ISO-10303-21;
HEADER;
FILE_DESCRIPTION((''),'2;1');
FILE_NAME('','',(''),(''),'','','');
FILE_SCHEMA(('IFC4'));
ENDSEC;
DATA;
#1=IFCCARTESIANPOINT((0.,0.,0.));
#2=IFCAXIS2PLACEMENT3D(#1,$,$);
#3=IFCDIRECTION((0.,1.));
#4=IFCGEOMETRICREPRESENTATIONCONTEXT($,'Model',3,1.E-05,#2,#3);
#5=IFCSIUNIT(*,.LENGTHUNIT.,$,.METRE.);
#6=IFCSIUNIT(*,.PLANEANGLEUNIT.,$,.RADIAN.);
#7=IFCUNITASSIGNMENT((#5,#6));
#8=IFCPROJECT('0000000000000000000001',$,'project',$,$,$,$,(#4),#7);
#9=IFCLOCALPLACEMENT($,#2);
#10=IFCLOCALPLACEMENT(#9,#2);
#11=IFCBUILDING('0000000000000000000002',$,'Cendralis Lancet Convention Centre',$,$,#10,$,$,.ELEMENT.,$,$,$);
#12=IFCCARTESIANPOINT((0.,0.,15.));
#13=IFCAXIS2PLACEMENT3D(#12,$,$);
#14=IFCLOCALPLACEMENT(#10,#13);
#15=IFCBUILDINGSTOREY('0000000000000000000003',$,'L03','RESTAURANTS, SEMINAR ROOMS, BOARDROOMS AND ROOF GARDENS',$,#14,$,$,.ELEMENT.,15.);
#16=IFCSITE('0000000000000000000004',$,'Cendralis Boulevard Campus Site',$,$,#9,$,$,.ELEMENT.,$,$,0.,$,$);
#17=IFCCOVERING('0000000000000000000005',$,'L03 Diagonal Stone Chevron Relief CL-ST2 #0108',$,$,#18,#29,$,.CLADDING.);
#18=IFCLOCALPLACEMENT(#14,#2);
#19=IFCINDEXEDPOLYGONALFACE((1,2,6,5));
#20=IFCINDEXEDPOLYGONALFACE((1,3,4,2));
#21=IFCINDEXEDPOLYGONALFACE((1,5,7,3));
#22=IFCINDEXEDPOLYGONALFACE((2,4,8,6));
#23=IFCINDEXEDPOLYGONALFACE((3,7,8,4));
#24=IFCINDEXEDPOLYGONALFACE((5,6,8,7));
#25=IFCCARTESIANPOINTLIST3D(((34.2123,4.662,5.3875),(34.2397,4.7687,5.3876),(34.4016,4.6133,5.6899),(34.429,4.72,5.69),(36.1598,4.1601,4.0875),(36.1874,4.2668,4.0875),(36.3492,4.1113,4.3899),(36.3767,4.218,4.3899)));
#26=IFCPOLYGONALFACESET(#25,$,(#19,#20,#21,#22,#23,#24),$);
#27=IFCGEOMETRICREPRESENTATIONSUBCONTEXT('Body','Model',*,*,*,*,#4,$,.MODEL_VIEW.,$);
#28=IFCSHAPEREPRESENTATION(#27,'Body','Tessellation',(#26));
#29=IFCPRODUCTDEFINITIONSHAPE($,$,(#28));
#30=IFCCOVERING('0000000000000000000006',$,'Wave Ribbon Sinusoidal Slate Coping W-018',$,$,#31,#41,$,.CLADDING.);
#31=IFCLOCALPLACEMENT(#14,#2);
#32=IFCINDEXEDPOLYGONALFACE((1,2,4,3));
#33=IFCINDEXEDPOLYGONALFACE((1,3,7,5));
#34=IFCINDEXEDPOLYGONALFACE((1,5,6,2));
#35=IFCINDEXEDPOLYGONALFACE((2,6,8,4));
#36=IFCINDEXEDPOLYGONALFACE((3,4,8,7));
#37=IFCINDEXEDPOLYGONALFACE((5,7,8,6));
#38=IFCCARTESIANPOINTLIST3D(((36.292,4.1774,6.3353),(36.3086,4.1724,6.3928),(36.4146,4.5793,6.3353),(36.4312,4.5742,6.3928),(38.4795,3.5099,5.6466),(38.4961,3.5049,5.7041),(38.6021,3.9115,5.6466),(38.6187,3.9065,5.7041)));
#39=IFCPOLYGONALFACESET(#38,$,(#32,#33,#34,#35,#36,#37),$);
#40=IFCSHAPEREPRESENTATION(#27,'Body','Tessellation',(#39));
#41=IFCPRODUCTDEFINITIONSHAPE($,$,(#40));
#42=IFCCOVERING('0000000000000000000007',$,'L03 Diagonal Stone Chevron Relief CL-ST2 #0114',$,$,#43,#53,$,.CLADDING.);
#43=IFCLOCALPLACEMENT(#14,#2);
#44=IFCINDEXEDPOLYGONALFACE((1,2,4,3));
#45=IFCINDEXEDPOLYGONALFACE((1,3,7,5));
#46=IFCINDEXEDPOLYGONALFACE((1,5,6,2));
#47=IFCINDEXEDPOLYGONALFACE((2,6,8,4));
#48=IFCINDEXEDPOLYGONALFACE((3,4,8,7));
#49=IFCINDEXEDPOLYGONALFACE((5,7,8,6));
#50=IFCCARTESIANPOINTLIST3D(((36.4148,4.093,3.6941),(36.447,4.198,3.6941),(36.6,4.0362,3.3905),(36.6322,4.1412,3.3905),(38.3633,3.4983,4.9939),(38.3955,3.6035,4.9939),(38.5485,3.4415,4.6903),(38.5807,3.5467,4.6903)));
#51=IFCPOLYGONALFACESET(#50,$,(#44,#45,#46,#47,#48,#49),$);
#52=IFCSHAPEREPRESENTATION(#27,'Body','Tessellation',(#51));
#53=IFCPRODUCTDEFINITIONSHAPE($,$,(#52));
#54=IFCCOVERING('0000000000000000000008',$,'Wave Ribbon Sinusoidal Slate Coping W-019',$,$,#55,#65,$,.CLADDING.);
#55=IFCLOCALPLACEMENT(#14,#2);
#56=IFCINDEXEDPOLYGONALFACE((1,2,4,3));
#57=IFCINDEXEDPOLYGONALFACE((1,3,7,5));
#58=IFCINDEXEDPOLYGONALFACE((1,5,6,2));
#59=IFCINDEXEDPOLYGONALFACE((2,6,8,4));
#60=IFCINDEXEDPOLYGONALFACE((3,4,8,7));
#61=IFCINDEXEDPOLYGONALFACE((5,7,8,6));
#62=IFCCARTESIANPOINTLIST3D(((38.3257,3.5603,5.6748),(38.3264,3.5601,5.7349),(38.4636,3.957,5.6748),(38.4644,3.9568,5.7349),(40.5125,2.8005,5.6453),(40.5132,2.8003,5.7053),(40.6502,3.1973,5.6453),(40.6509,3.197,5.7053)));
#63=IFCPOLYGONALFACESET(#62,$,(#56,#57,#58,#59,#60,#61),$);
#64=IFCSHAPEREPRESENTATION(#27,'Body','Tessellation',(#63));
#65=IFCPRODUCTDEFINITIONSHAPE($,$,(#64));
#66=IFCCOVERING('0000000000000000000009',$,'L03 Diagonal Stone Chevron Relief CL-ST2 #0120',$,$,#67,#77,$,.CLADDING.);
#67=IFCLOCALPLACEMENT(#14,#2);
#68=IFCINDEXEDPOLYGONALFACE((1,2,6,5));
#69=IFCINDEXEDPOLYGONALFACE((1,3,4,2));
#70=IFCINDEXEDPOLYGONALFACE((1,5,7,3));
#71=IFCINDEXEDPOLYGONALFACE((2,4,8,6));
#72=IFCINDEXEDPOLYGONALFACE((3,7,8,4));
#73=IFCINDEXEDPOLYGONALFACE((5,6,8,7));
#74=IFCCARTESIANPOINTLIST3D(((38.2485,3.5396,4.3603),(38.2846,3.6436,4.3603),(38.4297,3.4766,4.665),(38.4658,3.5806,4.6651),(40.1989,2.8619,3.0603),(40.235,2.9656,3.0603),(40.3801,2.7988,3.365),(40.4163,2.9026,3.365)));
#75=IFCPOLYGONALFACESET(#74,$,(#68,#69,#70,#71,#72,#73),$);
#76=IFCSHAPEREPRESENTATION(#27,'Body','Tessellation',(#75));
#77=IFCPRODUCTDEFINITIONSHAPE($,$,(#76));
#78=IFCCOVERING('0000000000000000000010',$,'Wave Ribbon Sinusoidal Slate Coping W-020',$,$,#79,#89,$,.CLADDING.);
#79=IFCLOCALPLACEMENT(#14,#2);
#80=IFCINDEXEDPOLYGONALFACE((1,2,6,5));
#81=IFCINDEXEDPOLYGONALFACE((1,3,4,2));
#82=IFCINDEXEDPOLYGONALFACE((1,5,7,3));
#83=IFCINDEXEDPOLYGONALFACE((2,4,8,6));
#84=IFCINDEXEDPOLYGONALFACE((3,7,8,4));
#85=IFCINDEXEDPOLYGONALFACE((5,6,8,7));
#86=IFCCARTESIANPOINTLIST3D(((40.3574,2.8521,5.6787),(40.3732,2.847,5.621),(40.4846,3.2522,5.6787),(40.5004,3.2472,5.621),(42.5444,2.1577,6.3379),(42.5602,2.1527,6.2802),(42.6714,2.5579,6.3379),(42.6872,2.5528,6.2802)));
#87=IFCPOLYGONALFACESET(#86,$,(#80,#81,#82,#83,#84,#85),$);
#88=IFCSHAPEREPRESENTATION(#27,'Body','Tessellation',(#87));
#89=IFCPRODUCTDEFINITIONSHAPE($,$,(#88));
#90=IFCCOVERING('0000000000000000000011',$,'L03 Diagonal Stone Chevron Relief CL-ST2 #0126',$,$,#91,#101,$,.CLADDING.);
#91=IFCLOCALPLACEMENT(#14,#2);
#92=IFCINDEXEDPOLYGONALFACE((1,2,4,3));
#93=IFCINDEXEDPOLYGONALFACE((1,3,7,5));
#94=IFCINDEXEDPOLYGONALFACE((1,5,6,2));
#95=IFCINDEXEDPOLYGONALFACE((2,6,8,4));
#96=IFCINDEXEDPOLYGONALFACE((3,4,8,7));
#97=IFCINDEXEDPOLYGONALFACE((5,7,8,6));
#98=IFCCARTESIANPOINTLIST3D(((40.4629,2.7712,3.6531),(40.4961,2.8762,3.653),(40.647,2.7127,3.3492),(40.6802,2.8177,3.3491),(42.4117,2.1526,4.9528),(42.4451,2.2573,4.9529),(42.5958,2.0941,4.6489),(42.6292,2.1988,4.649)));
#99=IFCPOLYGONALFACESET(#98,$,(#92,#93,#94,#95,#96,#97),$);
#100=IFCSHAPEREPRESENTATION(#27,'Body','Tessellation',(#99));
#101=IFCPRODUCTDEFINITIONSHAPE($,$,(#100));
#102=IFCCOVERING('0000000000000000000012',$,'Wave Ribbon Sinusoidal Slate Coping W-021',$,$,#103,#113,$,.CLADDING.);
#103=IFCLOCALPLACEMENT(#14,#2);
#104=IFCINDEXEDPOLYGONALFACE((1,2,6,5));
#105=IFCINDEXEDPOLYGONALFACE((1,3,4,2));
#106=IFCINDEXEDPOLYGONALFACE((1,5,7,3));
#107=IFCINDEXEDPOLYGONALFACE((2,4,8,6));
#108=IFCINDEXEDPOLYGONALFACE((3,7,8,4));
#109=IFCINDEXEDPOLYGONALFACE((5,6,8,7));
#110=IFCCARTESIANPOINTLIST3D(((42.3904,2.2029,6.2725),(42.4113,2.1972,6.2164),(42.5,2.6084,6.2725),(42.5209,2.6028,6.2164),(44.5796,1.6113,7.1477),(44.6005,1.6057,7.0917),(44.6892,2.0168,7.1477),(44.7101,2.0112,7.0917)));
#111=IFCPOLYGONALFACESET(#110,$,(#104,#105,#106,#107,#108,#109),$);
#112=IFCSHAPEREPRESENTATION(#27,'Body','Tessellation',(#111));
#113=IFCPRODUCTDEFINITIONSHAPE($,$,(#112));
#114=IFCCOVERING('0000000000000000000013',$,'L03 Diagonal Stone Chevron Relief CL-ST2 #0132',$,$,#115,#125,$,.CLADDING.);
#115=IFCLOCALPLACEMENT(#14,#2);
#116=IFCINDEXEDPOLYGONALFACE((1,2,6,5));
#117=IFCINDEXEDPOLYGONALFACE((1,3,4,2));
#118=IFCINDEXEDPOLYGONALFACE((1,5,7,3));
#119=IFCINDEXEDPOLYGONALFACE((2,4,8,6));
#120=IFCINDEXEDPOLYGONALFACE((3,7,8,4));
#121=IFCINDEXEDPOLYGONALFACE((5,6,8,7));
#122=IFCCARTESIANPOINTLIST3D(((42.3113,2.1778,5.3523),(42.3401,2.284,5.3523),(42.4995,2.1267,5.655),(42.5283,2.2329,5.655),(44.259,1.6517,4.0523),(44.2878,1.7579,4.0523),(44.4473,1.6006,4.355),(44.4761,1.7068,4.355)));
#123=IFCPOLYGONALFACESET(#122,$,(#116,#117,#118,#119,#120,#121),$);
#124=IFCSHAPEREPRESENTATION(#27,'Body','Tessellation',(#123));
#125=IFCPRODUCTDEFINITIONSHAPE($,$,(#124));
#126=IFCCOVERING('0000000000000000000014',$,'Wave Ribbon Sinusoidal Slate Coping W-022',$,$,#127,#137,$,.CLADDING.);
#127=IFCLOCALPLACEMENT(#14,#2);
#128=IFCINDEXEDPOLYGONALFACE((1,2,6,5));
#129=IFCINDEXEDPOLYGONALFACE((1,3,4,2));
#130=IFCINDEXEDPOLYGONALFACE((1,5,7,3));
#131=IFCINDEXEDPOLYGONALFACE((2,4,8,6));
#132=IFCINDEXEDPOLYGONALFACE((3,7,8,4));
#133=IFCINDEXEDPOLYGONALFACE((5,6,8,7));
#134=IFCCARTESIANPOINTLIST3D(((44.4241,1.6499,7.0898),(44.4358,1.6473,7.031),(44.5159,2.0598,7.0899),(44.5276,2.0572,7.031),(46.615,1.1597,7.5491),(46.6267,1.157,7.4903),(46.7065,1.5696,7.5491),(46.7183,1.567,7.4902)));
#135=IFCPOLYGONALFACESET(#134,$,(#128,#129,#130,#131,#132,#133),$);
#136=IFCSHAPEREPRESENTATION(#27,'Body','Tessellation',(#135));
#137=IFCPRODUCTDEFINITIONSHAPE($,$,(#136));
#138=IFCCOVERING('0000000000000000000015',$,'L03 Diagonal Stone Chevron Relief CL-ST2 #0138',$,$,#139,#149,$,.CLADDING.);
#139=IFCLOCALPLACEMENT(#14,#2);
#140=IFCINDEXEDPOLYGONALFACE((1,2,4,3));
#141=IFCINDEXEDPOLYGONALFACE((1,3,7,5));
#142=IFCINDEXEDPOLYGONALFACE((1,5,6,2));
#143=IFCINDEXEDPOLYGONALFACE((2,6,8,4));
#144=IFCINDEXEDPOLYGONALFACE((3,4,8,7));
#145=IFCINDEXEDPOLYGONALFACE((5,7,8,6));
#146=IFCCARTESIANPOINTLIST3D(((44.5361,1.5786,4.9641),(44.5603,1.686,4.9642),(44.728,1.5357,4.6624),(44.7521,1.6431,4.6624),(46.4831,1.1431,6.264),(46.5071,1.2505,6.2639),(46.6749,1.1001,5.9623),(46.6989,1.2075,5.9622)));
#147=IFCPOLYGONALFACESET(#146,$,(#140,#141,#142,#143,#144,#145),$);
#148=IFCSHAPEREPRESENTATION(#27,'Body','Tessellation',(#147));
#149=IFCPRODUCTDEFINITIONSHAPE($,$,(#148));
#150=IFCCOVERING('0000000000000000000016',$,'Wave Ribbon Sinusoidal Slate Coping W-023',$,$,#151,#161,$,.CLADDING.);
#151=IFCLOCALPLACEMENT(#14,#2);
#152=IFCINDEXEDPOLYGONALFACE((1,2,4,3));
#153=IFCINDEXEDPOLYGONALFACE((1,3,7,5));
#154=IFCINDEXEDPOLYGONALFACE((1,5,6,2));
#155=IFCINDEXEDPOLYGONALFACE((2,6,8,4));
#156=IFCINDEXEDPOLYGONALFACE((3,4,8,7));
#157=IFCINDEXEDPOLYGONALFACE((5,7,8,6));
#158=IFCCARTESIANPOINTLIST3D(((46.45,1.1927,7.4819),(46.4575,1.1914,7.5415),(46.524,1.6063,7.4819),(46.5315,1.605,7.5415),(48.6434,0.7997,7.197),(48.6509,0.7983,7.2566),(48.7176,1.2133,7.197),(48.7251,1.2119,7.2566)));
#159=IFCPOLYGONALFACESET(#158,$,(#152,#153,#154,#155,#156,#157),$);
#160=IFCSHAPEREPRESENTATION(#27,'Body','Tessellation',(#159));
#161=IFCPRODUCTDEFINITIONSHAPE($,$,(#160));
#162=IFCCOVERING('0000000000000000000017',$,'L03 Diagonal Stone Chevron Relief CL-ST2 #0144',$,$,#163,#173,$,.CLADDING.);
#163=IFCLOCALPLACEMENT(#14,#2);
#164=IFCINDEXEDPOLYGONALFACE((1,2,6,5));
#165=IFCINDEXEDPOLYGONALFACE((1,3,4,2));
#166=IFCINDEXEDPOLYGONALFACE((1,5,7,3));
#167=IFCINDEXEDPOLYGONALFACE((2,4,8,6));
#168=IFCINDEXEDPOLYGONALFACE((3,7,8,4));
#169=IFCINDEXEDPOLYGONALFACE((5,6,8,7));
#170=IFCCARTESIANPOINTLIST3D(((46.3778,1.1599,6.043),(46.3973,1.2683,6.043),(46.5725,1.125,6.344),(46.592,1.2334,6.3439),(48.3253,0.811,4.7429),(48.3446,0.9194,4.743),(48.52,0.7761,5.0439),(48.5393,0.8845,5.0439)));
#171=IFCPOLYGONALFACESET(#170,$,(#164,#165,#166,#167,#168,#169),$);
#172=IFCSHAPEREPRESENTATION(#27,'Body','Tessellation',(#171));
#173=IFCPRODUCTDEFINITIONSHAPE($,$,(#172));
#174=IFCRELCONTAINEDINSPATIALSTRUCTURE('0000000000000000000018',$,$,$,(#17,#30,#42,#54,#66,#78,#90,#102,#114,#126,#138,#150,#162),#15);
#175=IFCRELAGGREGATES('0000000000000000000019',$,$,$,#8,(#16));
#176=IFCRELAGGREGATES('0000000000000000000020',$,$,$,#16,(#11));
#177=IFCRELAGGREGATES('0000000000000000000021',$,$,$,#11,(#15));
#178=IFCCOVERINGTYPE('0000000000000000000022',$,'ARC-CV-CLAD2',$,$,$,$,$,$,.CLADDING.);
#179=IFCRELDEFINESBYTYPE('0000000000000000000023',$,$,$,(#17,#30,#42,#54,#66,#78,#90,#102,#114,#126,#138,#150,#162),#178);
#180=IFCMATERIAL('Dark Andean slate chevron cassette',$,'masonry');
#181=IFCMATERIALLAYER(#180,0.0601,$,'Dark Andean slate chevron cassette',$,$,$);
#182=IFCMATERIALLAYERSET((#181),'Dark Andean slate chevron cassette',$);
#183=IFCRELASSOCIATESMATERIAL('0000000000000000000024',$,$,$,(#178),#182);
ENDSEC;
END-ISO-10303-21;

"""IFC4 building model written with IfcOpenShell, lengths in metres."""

from ifc_helpers import new_model, si_unit, direction, frame, origin, place, context, subcontext, project, spatial, polyline, outline, extrude, material, layer, layer_set, type_object, element, save


model = new_model("IFC4")

# Units and contexts
model_context = context("Model", 3, precision=1e-05, world=origin(), true_north=direction((0.0, 1.0)))
body_context = subcontext(model_context, "Body", "Model", "MODEL_VIEW")
ifc_project = project(units=[si_unit("LENGTHUNIT", "METRE"), si_unit("PLANEANGLEUNIT", "RADIAN")], contexts=[model_context])

# Site, building, storey
site_placement = place(None, origin())
site = spatial("IfcSite", under=ifc_project, at=site_placement, Name="Cendralis Boulevard Campus Site", CompositionType="ELEMENT", RefElevation=0.0)
building_placement = place(site_placement, origin())
building = spatial("IfcBuilding", under=site, at=building_placement, Name="Cendralis Lancet Convention Centre", CompositionType="ELEMENT")
storey_placement = place(building_placement, frame((0.0, 0.0, 15.0)))
storey = spatial("IfcBuildingStorey", under=building, at=storey_placement, Name="L03", Description="RESTAURANTS, SEMINAR ROOMS, BOARDROOMS AND ROOF GARDENS", CompositionType="ELEMENT", Elevation=15.0)

# Shared definitions
ifc_material_1 = material(Name="Dark Andean slate chevron cassette", Category="masonry")

# Coverings
ifc_layer_1 = layer(ifc_material_1, 0.0601, Name="Dark Andean slate chevron cassette")
ifc_layer_set_1 = layer_set([ifc_layer_1], Name="Dark Andean slate chevron cassette")
covering_type_1 = type_object("IfcCoveringType", Name="ARC-CV-CLAD2", PredefinedType="CLADDING", material=ifc_layer_set_1)
covering_1_placement = place(storey_placement, frame((34.4016, 4.6133, 5.6899), z_axis=(0.525709, -0.135337, 0.83983), x_axis=(0.813252, -0.209608, -0.54285)))
element("IfcCovering", 1, at=covering_1_placement, inside=storey, type_object=covering_type_1, Name="L03 Diagonal Stone Chevron Relief CL-ST2 #0108", PredefinedType="CLADDING", context=body_context, shape_type="SweptSolid", body=[
    extrude(outline(polyline([(0.0, 0.0), (2.3948, 0.0), (2.3948, 0.1102), (-0.0001, 0.1101), (0.0, 0.0)])), origin(), (0.0, 0.0, -1.0), 0.3601),
])
covering_2_placement = place(storey_placement, frame((36.3086, 4.1724, 6.3928), z_axis=(0.275794, -0.084138, 0.957527), x_axis=(0.915841, -0.279454, -0.288342)))
element("IfcCovering", 2, at=covering_2_placement, inside=storey, type_object=covering_type_1, Name="Wave Ribbon Sinusoidal Slate Coping W-018", PredefinedType="CLADDING", context=body_context, shape_type="SweptSolid", body=[
    extrude(outline(polyline([(0.0, 0.0), (2.3885, 0.0), (2.3885, 0.4199), (-0.0001, 0.4201), (0.0, 0.0)])), origin(), (0.0, 0.0, -1.0), 0.0601),
])
covering_3_placement = place(storey_placement, frame((36.4148, 4.093, 3.6941), z_axis=(-0.514249, 0.157679, 0.843022), x_axis=(0.8063, -0.246103, 0.537879)))
element("IfcCovering", 3, at=covering_3_placement, inside=storey, type_object=covering_type_1, Name="L03 Diagonal Stone Chevron Relief CL-ST2 #0114", PredefinedType="CLADDING", context=body_context, shape_type="SweptSolid", body=[
    extrude(outline(polyline([(0.0, 0.0), (2.4166, 0.0), (2.4167, 0.11), (0.0001, 0.1098), (0.0, 0.0)])), origin(), (0.0, 0.0, -1.0), 0.3601),
])
covering_4_placement = place(storey_placement, frame((38.3264, 3.5601, 5.7349), z_axis=(0.012054, -0.004187, 0.999919), x_axis=(0.944534, -0.328167, -0.01276)))
element("IfcCovering", 4, at=covering_4_placement, inside=storey, type_object=covering_type_1, Name="Wave Ribbon Sinusoidal Slate Coping W-019", PredefinedType="CLADDING", context=body_context, shape_type="SweptSolid", body=[
    extrude(outline(polyline([(0.0, 0.0), (2.3152, 0.0), (2.315, 0.4199), (0.0001, 0.42), (0.0, 0.0)])), origin(), (0.0, 0.0, -1.0), 0.0601),
])
covering_5_placement = place(storey_placement, frame((38.4297, 3.4766, 4.665), z_axis=(0.503225, -0.175035, 0.846243), x_axis=(0.79936, -0.27776, -0.532797)))
element("IfcCovering", 5, at=covering_5_placement, inside=storey, type_object=covering_type_1, Name="L03 Diagonal Stone Chevron Relief CL-ST2 #0120", PredefinedType="CLADDING", context=body_context, shape_type="SweptSolid", body=[
    extrude(outline(polyline([(0.0, 0.0), (2.44, 0.0), (2.4401, 0.1099), (0.0, 0.1101), (0.0, 0.0)])), origin(), (0.0, 0.0, -1.0), 0.3601),
])
covering_6_placement = place(storey_placement, frame((40.3574, 2.8521, 5.6787), z_axis=(-0.26317, 0.083575, 0.961123), x_axis=(0.916064, -0.290833, 0.276122)))
element("IfcCovering", 6, at=covering_6_placement, inside=storey, type_object=covering_type_1, Name="Wave Ribbon Sinusoidal Slate Coping W-020", PredefinedType="CLADDING", context=body_context, shape_type="SweptSolid", body=[
    extrude(outline(polyline([(0.0, 0.0), (2.3874, 0.0), (2.3873, 0.4198), (0.0001, 0.4199), (0.0, 0.0)])), origin(), (0.0, 0.0, -1.0), 0.0601),
])
covering_7_placement = place(storey_placement, frame((40.4629, 2.7712, 3.6531), z_axis=(-0.511269, 0.162487, 0.84392), x_axis=(0.80436, -0.255356, 0.536469)))
element("IfcCovering", 7, at=covering_7_placement, inside=storey, type_object=covering_type_1, Name="L03 Diagonal Stone Chevron Relief CL-ST2 #0126", PredefinedType="CLADDING", context=body_context, shape_type="SweptSolid", body=[
    extrude(outline(polyline([(0.0, 0.0), (2.4228, 0.0), (2.4229, 0.1099), (-0.0001, 0.1101), (0.0, 0.0)])), origin(), (0.0, 0.0, -1.0), 0.3601),
])
covering_8_placement = place(storey_placement, frame((42.3904, 2.2029, 6.2725), z_axis=(-0.347593, 0.093961, 0.932926), x_axis=(0.900625, -0.243361, 0.360069)))
element("IfcCovering", 8, at=covering_8_placement, inside=storey, type_object=covering_type_1, Name="Wave Ribbon Sinusoidal Slate Coping W-021", PredefinedType="CLADDING", context=body_context, shape_type="SweptSolid", body=[
    extrude(outline(polyline([(0.0, 0.0), (2.4308, 0.0), (2.4308, 0.4201), (0.0, 0.4201), (0.0, 0.0)])), origin(), (0.0, 0.0, -1.0), 0.0601),
])
covering_9_placement = place(storey_placement, frame((42.4995, 2.1267, 5.655), z_axis=(0.522763, -0.141807, 0.840601), x_axis=(0.811516, -0.219205, -0.541655)))
element("IfcCovering", 9, at=covering_9_placement, inside=storey, type_object=covering_type_1, Name="L03 Diagonal Stone Chevron Relief CL-ST2 #0132", PredefinedType="CLADDING", context=body_context, shape_type="SweptSolid", body=[
    extrude(outline(polyline([(0.0, 0.0), (2.4001, 0.0), (2.4002, 0.11), (0.0001, 0.11), (0.0, 0.0)])), origin(), (0.0, 0.0, -1.0), 0.3601),
])
covering_10_placement = place(storey_placement, frame((44.4241, 1.6499, 7.0898), z_axis=(-0.195577, 0.04374, 0.979712), x_axis=(0.956071, -0.213928, 0.200408)))
element("IfcCovering", 10, at=covering_10_placement, inside=storey, type_object=covering_type_1, Name="Wave Ribbon Sinusoidal Slate Coping W-022", PredefinedType="CLADDING", context=body_context, shape_type="SweptSolid", body=[
    extrude(outline(polyline([(0.0, 0.0), (2.2916, 0.0), (2.2914, 0.42), (0.0001, 0.4201), (0.0, 0.0)])), origin(), (0.0, 0.0, -1.0), 0.0601),
])
covering_11_placement = place(storey_placement, frame((44.5361, 1.5786, 4.9641), z_axis=(-0.5327, 0.119252, 0.83786), x_axis=(0.817651, -0.182908, 0.545885)))
element("IfcCovering", 11, at=covering_11_placement, inside=storey, type_object=covering_type_1, Name="L03 Diagonal Stone Chevron Relief CL-ST2 #0138", PredefinedType="CLADDING", context=body_context, shape_type="SweptSolid", body=[
    extrude(outline(polyline([(0.0, 0.0), (2.3812, 0.0), (2.3811, 0.1101), (0.0001, 0.1101), (0.0, 0.0)])), origin(), (0.0, 0.0, -1.0), 0.3601),
])
covering_12_placement = place(storey_placement, frame((46.4575, 1.1914, 7.5415), z_axis=(0.124834, -0.022365, 0.991926), x_axis=(0.976371, -0.174973, -0.126821)))
element("IfcCovering", 12, at=covering_12_placement, inside=storey, type_object=covering_type_1, Name="Wave Ribbon Sinusoidal Slate Coping W-023", PredefinedType="CLADDING", context=body_context, shape_type="SweptSolid", body=[
    extrude(outline(polyline([(0.0, 0.0), (2.2464, 0.0), (2.2465, 0.4202), (-0.0001, 0.4201), (0.0, 0.0)])), origin(), (0.0, 0.0, -1.0), 0.0601),
])
covering_13_placement = place(storey_placement, frame((46.5725, 1.125, 6.344), z_axis=(0.54057, -0.096791, 0.835713), x_axis=(0.822618, -0.147364, -0.549167)))
element("IfcCovering", 13, at=covering_13_placement, inside=storey, type_object=covering_type_1, Name="L03 Diagonal Stone Chevron Relief CL-ST2 #0144", PredefinedType="CLADDING", context=body_context, shape_type="SweptSolid", body=[
    extrude(outline(polyline([(0.0, 0.0), (2.3674, 0.0), (2.3673, 0.1101), (0.0001, 0.1101), (0.0, 0.0)])), origin(), (0.0, 0.0, -1.0), 0.3601),
])

save(model, "model.ifc")
